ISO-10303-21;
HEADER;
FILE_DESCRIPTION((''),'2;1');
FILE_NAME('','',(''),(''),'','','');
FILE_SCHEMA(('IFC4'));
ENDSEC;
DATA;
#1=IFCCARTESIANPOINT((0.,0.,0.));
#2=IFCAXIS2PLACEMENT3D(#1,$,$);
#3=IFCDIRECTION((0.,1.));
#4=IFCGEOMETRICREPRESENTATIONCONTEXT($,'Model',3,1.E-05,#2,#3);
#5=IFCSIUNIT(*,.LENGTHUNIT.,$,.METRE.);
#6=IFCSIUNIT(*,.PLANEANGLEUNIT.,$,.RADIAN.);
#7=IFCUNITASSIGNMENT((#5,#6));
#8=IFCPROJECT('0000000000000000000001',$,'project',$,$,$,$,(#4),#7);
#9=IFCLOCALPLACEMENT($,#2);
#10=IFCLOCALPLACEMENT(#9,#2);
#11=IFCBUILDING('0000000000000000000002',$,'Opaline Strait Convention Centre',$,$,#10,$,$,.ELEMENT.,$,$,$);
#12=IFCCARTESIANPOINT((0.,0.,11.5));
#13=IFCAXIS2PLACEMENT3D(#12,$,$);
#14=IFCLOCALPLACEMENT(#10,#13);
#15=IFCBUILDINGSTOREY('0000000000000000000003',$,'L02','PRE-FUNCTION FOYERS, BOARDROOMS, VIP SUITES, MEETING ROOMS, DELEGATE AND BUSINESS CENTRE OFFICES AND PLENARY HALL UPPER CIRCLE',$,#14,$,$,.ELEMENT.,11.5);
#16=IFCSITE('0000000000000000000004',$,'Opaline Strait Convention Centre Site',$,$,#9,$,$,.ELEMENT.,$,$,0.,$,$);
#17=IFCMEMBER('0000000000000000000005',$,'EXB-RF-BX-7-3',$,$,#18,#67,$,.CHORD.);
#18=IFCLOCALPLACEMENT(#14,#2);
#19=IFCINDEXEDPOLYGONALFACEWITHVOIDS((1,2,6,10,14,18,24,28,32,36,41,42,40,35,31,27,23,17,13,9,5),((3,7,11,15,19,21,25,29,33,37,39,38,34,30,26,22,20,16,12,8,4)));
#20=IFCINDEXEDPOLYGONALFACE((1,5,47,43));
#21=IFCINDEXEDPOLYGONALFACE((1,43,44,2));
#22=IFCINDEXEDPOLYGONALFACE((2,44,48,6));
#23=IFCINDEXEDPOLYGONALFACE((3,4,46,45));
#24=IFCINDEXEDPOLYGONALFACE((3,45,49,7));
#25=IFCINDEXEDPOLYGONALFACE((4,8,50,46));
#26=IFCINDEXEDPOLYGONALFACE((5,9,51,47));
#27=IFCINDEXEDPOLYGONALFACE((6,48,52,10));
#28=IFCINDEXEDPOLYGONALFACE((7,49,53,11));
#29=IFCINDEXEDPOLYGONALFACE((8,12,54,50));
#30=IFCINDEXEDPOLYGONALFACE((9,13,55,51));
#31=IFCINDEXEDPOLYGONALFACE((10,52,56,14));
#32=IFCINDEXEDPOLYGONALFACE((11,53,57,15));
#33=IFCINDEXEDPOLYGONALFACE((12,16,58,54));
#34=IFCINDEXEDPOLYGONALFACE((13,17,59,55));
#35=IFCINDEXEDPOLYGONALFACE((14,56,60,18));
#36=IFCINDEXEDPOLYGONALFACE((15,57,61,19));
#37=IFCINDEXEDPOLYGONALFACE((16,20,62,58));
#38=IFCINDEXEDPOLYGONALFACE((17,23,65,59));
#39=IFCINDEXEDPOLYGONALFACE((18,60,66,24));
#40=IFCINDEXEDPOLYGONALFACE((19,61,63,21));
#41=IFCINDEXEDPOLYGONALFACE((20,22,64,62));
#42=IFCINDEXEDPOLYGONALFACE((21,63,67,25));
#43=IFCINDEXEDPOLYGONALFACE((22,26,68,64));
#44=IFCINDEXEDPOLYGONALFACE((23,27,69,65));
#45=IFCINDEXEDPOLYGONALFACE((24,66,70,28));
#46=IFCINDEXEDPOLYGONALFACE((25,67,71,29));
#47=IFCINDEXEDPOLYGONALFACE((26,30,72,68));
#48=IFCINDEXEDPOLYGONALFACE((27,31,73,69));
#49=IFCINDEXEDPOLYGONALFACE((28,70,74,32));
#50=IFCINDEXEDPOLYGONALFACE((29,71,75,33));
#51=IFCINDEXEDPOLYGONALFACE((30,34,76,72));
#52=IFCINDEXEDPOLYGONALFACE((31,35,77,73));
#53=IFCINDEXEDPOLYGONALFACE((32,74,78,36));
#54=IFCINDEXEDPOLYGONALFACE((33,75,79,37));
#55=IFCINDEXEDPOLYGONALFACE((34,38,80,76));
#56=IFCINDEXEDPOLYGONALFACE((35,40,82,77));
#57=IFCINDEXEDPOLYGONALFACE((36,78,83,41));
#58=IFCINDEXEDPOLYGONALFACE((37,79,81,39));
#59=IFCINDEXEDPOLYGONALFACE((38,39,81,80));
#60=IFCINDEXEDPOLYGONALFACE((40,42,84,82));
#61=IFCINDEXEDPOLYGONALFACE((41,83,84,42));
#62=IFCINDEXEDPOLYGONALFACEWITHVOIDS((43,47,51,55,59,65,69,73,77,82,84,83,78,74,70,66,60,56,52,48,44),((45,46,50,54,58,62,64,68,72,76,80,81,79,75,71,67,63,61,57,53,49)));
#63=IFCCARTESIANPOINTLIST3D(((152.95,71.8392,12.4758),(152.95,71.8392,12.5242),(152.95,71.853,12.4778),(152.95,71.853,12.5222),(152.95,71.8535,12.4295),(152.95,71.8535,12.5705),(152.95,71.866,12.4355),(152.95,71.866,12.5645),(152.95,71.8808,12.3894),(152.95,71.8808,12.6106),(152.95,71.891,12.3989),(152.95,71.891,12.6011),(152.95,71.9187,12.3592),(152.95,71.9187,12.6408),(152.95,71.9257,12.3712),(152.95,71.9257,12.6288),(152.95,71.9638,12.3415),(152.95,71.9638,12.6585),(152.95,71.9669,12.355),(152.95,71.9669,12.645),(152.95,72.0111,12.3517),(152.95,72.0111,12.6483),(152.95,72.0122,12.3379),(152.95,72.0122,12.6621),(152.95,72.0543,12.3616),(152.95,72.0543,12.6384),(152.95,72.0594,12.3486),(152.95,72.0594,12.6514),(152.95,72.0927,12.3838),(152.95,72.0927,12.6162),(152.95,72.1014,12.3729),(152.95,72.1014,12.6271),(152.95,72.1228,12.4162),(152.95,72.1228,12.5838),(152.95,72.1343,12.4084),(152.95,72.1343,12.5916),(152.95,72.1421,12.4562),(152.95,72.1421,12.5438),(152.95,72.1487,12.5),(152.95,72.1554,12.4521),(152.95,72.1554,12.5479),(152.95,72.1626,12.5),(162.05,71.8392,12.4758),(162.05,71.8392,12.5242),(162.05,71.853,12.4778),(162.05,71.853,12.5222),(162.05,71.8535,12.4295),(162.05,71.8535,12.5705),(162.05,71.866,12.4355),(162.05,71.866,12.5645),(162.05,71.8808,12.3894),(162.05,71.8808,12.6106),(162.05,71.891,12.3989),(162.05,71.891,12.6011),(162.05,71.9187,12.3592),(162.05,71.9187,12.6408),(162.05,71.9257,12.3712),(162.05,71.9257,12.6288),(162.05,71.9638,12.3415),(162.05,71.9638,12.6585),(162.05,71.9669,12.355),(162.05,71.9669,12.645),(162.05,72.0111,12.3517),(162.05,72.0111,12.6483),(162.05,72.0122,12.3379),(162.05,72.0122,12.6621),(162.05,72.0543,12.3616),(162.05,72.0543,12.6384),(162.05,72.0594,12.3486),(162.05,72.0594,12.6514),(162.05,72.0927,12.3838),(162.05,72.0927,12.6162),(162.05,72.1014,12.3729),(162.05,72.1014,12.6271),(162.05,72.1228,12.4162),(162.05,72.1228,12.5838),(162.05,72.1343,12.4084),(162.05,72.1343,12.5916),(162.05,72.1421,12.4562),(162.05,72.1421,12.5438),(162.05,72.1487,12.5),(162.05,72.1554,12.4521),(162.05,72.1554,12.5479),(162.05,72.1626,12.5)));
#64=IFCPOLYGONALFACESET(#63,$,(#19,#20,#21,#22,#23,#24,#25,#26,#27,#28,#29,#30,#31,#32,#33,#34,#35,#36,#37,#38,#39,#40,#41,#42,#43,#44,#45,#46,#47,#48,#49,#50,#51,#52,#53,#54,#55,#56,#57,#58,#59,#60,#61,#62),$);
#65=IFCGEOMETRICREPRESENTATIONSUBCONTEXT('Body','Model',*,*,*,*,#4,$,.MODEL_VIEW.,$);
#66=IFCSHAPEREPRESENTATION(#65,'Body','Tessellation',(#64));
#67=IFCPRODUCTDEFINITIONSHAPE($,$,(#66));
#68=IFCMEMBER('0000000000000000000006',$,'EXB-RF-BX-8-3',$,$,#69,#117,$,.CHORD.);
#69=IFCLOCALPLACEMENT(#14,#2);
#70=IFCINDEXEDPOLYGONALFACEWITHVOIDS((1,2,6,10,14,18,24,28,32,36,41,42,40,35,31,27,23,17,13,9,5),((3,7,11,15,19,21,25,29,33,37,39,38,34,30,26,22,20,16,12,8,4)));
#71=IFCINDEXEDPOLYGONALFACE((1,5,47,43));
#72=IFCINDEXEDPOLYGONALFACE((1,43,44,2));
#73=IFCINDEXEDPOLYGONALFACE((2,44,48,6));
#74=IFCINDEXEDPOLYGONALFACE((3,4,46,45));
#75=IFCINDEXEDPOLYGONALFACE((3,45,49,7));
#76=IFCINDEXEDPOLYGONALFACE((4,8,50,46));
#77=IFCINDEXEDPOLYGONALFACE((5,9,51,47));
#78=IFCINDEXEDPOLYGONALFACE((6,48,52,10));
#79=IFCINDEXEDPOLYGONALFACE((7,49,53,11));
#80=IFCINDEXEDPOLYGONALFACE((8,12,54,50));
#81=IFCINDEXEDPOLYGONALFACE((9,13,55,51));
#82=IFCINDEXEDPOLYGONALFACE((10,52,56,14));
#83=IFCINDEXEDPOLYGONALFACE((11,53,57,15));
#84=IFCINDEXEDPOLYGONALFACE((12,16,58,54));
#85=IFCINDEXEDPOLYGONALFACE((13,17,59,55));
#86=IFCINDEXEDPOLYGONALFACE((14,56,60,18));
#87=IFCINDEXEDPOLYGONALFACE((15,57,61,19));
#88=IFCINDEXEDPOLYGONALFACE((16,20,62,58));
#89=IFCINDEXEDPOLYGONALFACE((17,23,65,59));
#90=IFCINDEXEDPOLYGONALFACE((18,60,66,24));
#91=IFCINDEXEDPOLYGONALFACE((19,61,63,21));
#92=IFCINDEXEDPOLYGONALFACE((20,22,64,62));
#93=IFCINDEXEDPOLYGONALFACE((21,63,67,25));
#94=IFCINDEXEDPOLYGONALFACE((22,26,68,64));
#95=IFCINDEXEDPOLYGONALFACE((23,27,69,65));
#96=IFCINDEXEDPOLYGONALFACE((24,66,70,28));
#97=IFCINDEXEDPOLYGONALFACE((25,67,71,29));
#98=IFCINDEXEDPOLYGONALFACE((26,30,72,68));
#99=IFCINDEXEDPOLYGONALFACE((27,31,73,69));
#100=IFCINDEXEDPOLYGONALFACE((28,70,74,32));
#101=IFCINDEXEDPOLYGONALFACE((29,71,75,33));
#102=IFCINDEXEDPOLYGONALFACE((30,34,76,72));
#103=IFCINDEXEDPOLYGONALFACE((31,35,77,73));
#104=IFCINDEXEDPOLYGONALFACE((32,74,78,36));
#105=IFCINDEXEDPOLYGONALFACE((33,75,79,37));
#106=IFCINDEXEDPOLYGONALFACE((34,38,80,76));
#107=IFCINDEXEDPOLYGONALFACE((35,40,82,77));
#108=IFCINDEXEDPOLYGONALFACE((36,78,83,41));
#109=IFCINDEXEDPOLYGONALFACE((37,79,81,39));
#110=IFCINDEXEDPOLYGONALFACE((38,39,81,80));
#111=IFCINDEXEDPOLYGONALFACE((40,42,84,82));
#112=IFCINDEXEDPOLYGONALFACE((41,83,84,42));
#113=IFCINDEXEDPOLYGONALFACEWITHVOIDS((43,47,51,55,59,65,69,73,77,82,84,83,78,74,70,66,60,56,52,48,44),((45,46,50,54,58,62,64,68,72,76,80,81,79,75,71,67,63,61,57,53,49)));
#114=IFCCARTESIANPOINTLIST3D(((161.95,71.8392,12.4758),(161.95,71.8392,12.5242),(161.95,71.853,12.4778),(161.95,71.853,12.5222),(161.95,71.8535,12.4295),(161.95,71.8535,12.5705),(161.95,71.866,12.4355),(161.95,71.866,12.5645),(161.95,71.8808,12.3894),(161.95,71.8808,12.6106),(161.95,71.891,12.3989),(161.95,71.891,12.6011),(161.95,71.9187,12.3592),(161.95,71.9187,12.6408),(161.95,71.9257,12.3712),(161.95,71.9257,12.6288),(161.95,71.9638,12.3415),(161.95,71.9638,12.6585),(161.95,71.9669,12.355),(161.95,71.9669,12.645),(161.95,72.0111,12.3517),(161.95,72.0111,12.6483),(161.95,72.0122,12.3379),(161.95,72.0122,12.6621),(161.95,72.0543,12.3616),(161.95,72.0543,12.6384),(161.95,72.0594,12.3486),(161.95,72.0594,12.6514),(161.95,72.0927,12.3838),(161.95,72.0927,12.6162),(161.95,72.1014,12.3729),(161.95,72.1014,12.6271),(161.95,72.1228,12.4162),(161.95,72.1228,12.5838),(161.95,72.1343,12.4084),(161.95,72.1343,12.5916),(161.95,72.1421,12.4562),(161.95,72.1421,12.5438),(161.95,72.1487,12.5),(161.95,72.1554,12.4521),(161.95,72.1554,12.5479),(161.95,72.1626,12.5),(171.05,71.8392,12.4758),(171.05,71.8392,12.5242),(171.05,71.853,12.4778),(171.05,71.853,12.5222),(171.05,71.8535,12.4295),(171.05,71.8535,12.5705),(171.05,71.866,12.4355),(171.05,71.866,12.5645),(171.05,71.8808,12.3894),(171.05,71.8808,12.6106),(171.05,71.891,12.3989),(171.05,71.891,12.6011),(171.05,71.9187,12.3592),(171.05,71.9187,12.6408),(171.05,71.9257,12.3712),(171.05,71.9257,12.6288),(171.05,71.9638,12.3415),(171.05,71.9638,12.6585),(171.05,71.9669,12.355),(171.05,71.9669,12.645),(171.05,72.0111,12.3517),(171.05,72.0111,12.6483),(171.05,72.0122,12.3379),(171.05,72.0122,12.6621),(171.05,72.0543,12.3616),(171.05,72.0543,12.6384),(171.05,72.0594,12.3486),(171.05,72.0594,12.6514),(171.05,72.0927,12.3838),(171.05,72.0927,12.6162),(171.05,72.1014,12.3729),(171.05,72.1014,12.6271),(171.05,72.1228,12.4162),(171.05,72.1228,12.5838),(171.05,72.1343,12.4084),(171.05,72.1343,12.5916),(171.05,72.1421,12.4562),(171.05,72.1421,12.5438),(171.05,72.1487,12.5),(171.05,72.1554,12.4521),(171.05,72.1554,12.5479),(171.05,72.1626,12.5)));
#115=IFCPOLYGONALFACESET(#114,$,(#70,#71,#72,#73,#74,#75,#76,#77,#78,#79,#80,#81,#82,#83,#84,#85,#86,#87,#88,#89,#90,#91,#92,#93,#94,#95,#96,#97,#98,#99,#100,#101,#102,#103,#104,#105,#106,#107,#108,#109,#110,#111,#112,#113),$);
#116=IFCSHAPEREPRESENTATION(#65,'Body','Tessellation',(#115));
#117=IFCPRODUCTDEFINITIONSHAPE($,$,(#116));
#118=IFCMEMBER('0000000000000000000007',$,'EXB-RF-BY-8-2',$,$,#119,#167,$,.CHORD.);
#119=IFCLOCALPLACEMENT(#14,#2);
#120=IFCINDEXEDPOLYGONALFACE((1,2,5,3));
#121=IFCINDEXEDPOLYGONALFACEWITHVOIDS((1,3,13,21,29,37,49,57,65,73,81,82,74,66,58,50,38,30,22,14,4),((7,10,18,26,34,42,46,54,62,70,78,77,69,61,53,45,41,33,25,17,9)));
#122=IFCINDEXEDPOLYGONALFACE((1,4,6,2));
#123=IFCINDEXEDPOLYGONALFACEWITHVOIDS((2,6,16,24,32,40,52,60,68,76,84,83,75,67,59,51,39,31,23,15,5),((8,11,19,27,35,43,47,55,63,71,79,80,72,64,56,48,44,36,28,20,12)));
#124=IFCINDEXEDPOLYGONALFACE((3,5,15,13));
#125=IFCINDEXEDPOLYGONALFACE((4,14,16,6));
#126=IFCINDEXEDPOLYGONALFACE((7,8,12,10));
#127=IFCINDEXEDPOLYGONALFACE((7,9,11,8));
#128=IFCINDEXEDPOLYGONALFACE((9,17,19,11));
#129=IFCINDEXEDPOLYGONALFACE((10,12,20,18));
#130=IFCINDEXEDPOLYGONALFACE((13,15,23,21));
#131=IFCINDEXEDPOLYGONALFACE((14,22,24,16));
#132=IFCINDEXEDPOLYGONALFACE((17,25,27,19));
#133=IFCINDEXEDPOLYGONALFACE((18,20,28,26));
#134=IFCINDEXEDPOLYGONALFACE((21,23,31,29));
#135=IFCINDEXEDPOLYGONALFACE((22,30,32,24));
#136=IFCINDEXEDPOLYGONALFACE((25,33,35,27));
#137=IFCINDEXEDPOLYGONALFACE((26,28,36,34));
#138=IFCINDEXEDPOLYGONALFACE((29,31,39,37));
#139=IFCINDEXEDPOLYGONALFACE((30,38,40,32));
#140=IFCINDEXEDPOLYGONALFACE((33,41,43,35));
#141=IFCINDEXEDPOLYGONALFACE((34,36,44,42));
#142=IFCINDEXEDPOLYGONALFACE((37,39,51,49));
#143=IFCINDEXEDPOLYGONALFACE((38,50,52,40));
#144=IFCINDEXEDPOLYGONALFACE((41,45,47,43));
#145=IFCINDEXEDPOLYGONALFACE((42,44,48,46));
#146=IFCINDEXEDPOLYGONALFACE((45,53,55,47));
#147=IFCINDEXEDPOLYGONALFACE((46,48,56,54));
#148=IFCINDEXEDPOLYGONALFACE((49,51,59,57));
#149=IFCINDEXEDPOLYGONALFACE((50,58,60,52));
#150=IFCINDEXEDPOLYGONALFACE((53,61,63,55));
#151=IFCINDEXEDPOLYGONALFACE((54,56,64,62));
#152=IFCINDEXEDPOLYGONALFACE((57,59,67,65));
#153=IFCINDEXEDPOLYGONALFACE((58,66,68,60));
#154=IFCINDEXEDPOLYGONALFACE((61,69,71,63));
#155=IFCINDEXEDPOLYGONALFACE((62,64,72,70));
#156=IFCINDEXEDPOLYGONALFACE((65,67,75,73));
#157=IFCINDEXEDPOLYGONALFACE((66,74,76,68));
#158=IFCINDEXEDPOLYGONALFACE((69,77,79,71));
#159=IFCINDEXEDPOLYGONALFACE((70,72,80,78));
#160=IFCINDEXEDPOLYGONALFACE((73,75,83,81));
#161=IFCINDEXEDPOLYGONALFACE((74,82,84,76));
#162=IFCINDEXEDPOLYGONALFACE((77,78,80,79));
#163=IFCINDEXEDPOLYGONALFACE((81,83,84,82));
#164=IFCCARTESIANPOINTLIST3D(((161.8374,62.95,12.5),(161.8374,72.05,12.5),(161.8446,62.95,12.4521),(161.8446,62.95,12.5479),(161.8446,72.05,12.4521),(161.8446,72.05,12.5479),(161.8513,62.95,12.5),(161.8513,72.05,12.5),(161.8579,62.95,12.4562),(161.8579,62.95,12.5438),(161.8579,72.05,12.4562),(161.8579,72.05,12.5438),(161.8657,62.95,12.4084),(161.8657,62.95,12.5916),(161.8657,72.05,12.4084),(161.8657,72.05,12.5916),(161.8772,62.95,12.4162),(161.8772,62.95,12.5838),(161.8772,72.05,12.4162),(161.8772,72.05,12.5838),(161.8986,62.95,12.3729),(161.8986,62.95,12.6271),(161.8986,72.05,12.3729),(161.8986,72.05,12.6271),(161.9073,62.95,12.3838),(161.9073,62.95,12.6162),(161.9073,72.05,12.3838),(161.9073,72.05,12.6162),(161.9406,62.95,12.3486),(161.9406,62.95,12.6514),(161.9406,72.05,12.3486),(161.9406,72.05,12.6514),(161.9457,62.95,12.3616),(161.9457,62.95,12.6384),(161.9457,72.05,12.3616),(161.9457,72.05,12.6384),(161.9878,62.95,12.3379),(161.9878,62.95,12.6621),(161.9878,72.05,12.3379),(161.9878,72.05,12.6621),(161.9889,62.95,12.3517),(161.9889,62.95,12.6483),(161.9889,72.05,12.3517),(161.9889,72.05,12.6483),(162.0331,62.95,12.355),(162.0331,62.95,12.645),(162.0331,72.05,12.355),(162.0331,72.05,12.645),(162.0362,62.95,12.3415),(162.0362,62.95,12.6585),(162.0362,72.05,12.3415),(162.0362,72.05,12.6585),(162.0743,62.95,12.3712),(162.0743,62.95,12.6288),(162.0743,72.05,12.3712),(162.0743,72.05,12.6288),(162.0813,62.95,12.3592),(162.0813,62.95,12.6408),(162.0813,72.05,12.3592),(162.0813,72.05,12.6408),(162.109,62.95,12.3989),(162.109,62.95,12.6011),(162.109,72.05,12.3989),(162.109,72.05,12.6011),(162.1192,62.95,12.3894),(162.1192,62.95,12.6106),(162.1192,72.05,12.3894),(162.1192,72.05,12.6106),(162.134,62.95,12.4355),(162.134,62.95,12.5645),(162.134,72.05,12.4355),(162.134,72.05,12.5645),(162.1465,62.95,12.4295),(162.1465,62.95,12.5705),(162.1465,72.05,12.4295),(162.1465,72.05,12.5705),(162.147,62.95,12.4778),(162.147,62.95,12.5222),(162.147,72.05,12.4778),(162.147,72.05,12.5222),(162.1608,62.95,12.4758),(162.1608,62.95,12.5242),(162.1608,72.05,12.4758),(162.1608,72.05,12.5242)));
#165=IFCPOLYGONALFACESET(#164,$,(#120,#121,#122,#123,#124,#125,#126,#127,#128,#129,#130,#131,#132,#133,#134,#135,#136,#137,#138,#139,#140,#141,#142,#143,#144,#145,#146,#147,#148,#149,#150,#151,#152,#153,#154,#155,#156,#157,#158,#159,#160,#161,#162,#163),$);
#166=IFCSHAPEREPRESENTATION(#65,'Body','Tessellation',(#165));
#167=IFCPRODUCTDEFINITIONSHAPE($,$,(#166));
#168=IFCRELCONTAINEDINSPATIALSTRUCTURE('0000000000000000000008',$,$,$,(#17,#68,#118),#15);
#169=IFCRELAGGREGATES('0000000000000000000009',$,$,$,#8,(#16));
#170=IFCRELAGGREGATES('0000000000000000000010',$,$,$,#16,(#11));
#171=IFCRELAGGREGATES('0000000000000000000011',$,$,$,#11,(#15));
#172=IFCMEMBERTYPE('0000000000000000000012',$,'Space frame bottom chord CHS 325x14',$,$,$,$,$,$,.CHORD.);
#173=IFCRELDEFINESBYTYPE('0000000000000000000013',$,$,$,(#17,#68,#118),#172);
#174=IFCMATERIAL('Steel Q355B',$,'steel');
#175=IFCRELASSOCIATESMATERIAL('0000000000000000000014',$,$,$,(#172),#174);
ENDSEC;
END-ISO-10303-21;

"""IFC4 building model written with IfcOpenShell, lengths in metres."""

from ifc_helpers import new_model, si_unit, direction, frame, origin, origin_2d, place, context, subcontext, project, spatial, hollow_circle, extrude, material, material_profile, profile_set, type_object, element, save


model = new_model("IFC4")

# Units and contexts
model_context = context("Model", 3, precision=1e-05, world=origin(), true_north=direction((0.0, 1.0)))
body_context = subcontext(model_context, "Body", "Model", "MODEL_VIEW")
ifc_project = project(units=[si_unit("LENGTHUNIT", "METRE"), si_unit("PLANEANGLEUNIT", "RADIAN")], contexts=[model_context])

# Site, building, storey
site_placement = place(None, origin())
site = spatial("IfcSite", under=ifc_project, at=site_placement, Name="Opaline Strait Convention Centre Site", CompositionType="ELEMENT", RefElevation=0.0)
building_placement = place(site_placement, origin())
building = spatial("IfcBuilding", under=site, at=building_placement, Name="Opaline Strait Convention Centre", CompositionType="ELEMENT")
storey_placement = place(building_placement, frame((0.0, 0.0, 11.5)))
storey = spatial("IfcBuildingStorey", under=building, at=storey_placement, Name="L02", Description="PRE-FUNCTION FOYERS, BOARDROOMS, VIP SUITES, MEETING ROOMS, DELEGATE AND BUSINESS CENTRE OFFICES AND PLENARY HALL UPPER CIRCLE", CompositionType="ELEMENT", Elevation=11.5)

# Members
ifc_material_1 = material(Name="Steel Q355B", Category="steel")
ifc_material_profile_1 = material_profile(ifc_material_1, hollow_circle(Radius=0.1626, WallThickness=0.0139, at=origin_2d()), Name="CHS 325x14")
ifc_profile_set_1 = profile_set([ifc_material_profile_1], Name="Steel Q355B")
member_type_1 = type_object("IfcMemberType", Name="Space frame bottom chord CHS 325x14", PredefinedType="CHORD", material=ifc_profile_set_1)
for number, where, z_axis, x_axis, name in (
    (1, (152.95, 72.0, 12.5), (1.0, 0.0, 0.0), (0.0, 1.0, 0.0), "EXB-RF-BX-7-3"),
    (2, (161.95, 72.0, 12.5), (1.0, 0.0, 0.0), (0.0, 1.0, 0.0), "EXB-RF-BX-8-3"),
    (3, (162.0, 62.95, 12.5), (0.0, 1.0, 0.0), (-1.0, 0.0, 0.0), "EXB-RF-BY-8-2"),
):
    element("IfcMember", number, at=place(storey_placement, frame(where, z_axis=z_axis, x_axis=x_axis)), inside=storey, type_object=member_type_1, Name=name, PredefinedType="CHORD", context=body_context, shape_type="SweptSolid", body=[
        extrude(hollow_circle(Radius=0.1626, WallThickness=0.0139, at=origin_2d()), origin(), (0.0, 0.0, 1.0), 9.1001),
    ])

save(model, "model.ifc")
